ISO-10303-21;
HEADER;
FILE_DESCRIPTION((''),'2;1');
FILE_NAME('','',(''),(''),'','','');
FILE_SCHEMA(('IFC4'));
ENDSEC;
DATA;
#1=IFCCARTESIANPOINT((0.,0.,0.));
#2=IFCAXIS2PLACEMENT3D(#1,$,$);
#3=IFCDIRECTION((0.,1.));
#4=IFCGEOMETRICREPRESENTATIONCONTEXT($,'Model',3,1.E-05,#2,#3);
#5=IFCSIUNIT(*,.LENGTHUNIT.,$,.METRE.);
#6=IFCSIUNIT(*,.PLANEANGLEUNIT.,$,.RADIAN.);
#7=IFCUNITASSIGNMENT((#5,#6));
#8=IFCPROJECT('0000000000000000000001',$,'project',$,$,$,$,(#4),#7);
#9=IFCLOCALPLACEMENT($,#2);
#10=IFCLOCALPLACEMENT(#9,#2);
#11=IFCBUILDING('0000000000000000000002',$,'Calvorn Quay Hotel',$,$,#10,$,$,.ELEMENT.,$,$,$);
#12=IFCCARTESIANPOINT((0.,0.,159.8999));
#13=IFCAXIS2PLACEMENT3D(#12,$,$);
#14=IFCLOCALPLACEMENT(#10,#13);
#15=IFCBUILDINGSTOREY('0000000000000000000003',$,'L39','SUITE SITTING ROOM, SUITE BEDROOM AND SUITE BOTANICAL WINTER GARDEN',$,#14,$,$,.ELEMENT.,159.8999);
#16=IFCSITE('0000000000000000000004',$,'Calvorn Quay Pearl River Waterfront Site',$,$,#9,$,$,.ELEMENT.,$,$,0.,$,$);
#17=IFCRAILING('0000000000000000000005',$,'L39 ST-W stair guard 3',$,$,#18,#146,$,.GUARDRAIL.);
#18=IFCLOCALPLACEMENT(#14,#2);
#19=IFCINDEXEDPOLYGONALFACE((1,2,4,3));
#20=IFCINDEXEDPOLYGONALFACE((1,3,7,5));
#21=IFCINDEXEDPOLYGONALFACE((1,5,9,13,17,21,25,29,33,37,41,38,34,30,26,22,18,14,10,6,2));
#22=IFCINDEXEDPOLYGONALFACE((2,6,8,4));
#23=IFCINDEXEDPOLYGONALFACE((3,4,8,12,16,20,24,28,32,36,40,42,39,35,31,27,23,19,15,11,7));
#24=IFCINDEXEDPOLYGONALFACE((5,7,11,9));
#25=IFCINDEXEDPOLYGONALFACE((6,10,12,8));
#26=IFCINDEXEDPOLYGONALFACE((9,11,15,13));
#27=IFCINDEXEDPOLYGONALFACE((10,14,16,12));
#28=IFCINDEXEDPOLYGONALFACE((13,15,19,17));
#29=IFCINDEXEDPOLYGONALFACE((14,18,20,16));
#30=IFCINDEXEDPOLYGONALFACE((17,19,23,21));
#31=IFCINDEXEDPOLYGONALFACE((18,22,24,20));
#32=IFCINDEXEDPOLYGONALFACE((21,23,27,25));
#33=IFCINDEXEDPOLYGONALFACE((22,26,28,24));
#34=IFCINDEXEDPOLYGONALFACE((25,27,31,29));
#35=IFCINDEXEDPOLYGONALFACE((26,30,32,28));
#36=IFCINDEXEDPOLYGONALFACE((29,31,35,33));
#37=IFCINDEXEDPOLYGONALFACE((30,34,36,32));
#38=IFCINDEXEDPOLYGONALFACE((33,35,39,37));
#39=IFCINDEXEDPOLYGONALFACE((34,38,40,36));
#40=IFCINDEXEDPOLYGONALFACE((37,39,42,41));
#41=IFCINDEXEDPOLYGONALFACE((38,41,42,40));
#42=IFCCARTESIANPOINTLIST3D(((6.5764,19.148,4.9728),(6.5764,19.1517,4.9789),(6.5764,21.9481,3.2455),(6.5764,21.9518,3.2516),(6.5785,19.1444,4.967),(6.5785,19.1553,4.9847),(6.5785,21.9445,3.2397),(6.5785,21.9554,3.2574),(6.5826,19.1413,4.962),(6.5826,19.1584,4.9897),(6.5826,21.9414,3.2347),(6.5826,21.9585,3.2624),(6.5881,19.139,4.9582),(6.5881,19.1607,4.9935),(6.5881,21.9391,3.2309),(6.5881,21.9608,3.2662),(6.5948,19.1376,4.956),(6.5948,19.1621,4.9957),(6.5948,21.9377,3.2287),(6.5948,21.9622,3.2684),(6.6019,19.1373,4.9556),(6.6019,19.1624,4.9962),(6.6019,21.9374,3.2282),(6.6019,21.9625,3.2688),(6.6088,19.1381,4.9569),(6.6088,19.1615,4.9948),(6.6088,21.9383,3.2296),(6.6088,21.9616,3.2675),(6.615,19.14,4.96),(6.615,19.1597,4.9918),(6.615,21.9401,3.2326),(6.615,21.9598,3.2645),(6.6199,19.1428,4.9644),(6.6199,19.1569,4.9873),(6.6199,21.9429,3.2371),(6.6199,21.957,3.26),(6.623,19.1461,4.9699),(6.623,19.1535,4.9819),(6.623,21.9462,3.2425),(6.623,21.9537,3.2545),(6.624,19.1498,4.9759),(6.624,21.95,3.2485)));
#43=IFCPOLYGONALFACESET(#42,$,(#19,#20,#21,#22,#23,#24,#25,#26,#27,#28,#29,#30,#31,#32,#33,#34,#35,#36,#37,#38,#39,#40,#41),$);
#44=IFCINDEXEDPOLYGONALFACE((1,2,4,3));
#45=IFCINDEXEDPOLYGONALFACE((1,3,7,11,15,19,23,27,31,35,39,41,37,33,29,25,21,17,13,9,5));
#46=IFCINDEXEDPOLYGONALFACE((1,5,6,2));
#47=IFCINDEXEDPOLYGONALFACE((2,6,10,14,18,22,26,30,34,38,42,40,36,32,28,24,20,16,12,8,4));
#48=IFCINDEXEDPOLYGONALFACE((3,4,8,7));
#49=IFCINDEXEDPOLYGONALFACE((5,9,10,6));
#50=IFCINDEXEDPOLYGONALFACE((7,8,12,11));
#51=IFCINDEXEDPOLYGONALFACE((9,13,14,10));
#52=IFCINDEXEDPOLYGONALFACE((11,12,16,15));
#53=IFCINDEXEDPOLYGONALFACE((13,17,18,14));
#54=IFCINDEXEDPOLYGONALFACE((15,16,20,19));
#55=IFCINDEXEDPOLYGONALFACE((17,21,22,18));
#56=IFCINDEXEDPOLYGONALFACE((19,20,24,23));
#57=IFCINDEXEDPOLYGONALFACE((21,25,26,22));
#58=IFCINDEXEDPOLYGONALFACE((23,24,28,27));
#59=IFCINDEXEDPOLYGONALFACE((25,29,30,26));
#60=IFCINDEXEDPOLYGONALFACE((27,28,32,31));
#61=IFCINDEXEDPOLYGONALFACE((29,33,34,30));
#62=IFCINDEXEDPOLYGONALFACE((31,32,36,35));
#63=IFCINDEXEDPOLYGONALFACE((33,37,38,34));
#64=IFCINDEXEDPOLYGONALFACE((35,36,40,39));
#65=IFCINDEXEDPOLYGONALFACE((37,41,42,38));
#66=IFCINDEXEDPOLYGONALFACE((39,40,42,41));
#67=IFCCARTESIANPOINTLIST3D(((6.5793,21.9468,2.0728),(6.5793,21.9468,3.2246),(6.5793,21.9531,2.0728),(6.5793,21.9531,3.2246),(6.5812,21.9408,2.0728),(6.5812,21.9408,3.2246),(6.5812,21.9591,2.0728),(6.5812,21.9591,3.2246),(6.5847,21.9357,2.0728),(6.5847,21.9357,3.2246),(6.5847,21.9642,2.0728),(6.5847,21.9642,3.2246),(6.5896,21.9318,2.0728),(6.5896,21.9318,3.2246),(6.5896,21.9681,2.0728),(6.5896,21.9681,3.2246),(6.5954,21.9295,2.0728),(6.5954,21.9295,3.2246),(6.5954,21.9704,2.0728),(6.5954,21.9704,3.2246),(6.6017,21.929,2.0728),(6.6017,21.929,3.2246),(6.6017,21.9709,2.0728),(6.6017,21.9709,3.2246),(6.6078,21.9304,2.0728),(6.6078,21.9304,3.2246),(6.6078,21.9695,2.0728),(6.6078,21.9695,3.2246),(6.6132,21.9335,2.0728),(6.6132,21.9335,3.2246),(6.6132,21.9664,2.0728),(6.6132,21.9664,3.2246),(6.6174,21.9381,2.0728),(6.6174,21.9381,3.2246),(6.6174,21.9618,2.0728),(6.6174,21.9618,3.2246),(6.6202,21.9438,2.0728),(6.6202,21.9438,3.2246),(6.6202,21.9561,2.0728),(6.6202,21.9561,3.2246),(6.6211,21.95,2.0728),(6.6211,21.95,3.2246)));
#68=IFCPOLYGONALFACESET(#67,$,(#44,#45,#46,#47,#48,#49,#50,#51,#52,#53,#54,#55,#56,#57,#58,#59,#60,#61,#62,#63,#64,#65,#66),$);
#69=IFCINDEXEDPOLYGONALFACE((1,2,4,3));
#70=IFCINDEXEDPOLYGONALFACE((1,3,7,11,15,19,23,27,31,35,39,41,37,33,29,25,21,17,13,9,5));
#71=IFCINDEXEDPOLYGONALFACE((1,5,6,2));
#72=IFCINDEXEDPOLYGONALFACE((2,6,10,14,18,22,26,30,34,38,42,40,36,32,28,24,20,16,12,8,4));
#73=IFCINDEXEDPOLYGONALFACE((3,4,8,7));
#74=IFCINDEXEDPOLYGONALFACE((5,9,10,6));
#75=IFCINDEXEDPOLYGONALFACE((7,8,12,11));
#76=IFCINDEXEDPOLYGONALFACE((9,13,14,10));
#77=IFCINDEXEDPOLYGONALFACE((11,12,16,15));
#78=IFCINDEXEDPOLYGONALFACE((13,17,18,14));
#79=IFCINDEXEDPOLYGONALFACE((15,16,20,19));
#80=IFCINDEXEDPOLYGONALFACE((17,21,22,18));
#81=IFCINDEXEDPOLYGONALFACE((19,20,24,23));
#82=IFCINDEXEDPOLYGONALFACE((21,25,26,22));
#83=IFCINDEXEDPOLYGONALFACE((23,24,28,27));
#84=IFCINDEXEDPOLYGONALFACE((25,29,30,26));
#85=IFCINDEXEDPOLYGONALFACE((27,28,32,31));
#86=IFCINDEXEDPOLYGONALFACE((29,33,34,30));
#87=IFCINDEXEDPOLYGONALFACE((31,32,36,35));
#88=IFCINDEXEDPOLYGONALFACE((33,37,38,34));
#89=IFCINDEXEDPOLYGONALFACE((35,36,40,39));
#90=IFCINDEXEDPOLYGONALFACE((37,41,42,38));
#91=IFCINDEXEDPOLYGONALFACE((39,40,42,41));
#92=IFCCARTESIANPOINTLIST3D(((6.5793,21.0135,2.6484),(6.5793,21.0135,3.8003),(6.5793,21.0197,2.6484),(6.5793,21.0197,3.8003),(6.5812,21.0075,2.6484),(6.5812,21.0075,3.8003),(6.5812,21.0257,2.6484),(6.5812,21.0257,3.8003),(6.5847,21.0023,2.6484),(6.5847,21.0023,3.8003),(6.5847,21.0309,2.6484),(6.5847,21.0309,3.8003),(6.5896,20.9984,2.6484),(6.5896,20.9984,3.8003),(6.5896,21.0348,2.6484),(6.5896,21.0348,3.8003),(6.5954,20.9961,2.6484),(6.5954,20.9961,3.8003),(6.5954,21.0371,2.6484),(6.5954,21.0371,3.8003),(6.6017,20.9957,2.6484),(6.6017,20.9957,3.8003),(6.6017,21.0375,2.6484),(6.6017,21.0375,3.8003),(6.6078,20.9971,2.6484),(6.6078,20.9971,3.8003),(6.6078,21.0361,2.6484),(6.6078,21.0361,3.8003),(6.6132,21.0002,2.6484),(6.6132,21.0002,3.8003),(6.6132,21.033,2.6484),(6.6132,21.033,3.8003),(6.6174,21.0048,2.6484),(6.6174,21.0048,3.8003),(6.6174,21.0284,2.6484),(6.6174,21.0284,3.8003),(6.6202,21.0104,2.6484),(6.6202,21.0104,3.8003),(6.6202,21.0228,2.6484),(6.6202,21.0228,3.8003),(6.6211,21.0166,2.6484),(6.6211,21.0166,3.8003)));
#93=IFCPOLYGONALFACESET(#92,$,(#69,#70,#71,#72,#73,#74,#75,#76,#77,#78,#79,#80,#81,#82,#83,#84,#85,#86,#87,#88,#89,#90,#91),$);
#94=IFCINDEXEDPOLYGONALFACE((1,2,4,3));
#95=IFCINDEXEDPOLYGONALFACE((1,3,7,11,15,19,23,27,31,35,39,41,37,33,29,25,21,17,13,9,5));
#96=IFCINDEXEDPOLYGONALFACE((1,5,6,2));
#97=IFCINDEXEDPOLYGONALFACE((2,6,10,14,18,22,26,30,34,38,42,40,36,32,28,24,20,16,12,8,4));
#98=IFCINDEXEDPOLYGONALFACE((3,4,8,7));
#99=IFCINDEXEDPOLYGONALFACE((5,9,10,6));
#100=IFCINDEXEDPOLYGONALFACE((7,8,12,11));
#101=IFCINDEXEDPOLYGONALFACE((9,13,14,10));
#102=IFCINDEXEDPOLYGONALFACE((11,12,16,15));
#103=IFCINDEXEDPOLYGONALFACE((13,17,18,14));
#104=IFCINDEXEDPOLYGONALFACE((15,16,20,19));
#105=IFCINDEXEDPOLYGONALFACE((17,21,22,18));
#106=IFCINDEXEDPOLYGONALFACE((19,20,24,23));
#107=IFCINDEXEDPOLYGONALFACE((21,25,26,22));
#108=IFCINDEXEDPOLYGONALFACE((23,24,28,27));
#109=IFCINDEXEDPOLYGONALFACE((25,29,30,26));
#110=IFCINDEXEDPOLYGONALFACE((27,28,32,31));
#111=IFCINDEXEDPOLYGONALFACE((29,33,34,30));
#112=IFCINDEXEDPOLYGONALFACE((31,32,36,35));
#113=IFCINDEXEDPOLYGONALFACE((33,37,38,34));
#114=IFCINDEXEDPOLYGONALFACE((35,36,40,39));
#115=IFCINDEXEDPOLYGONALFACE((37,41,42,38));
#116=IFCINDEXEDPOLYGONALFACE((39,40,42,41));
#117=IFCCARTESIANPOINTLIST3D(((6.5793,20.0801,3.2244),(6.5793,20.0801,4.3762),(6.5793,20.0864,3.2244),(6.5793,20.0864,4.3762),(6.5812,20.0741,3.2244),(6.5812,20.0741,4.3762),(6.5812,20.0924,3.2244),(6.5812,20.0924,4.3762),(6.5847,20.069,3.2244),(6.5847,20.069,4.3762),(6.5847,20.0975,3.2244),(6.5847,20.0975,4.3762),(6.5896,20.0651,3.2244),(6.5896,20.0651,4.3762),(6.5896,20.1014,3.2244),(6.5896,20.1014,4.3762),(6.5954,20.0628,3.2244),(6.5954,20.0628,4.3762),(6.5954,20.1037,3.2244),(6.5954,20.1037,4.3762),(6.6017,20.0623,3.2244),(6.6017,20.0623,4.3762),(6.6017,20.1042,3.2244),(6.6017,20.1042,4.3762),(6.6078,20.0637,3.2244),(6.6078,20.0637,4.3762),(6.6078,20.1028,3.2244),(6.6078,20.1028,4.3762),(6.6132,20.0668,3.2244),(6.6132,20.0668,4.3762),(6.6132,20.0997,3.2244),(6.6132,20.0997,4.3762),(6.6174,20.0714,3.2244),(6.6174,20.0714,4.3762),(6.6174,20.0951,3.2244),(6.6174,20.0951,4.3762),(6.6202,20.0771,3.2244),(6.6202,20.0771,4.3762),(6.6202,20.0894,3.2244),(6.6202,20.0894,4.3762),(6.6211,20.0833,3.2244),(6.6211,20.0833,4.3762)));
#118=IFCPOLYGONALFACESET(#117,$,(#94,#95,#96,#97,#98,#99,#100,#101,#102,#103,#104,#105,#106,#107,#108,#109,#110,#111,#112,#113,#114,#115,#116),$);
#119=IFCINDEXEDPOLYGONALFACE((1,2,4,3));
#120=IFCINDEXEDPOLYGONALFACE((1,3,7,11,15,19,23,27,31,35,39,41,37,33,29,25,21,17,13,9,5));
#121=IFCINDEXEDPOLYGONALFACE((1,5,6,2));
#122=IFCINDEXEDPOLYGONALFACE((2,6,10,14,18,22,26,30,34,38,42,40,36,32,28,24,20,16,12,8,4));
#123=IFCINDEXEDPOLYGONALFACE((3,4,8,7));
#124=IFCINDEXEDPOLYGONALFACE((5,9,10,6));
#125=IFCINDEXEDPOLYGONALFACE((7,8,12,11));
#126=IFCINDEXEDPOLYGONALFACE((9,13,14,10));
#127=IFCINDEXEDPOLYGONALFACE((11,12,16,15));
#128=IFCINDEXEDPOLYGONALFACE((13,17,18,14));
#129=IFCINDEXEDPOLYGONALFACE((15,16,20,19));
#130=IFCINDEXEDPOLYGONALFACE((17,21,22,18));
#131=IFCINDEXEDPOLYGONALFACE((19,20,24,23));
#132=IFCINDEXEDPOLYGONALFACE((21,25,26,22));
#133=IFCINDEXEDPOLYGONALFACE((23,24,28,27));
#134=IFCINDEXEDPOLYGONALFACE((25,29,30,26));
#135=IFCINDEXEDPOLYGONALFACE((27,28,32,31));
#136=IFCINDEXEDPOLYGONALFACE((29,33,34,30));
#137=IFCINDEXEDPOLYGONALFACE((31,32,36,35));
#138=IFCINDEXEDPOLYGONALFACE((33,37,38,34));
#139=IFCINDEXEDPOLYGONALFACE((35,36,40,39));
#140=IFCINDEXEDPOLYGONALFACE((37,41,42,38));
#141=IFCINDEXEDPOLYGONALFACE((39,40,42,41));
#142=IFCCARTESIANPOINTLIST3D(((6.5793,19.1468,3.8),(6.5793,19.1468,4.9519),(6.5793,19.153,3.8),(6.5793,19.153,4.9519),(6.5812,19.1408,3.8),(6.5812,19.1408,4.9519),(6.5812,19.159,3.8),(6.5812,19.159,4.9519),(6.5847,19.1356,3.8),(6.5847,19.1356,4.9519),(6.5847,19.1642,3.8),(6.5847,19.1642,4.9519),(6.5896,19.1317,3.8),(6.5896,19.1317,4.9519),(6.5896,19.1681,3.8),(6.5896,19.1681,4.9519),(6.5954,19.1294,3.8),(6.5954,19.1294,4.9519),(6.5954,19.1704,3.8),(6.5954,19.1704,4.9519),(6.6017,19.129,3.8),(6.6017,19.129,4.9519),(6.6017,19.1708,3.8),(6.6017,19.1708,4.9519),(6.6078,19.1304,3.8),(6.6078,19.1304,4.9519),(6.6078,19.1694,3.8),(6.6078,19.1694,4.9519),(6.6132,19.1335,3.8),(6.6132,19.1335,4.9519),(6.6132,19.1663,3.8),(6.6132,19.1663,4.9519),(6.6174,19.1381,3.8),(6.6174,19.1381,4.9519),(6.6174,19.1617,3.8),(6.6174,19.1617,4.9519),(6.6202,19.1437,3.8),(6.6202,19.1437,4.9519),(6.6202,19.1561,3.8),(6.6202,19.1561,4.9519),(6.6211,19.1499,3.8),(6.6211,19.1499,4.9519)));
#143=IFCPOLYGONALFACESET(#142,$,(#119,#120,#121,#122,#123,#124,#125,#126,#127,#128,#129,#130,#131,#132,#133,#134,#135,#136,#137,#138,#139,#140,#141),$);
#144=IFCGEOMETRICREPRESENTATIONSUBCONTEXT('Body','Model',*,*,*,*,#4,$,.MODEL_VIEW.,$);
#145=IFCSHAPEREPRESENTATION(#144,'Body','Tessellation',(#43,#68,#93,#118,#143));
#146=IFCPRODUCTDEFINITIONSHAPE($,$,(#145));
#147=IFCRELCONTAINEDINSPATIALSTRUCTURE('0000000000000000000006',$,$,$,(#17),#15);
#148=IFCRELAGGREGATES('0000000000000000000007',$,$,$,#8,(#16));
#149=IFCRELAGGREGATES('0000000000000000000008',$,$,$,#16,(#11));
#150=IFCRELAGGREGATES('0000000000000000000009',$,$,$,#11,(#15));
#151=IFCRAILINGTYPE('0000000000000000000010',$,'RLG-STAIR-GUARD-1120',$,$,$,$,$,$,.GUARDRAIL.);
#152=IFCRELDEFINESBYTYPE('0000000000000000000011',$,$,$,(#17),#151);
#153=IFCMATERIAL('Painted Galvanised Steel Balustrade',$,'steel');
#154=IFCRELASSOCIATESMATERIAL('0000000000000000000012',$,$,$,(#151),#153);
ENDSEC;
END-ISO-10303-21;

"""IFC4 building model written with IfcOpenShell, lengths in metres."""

from ifc_helpers import new_model, si_unit, direction, frame, origin, origin_2d, place, context, subcontext, project, spatial, circle, extrude, material, type_object, element, save


model = new_model("IFC4")

# Units and contexts
model_context = context("Model", 3, precision=1e-05, world=origin(), true_north=direction((0.0, 1.0)))
body_context = subcontext(model_context, "Body", "Model", "MODEL_VIEW")
ifc_project = project(units=[si_unit("LENGTHUNIT", "METRE"), si_unit("PLANEANGLEUNIT", "RADIAN")], contexts=[model_context])

# Site, building, storey
site_placement = place(None, origin())
site = spatial("IfcSite", under=ifc_project, at=site_placement, Name="Calvorn Quay Pearl River Waterfront Site", CompositionType="ELEMENT", RefElevation=0.0)
building_placement = place(site_placement, origin())
building = spatial("IfcBuilding", under=site, at=building_placement, Name="Calvorn Quay Hotel", CompositionType="ELEMENT")
storey_placement = place(building_placement, frame((0.0, 0.0, 159.8999)))
storey = spatial("IfcBuildingStorey", under=building, at=storey_placement, Name="L39", Description="SUITE SITTING ROOM, SUITE BEDROOM AND SUITE BOTANICAL WINTER GARDEN", CompositionType="ELEMENT", Elevation=159.8999)

# Railing
ifc_material_1 = material(Name="Painted Galvanised Steel Balustrade", Category="steel")
railing_type_1 = type_object("IfcRailingType", Name="RLG-STAIR-GUARD-1120", PredefinedType="GUARDRAIL", material=ifc_material_1)
railing_1_placement = place(storey_placement, frame((6.6001, 21.95, 2.0728)))
element("IfcRailing", 1, at=railing_1_placement, inside=storey, type_object=railing_type_1, Name="L39 ST-W stair guard 3", PredefinedType="GUARDRAIL", context=body_context, shape_type="SweptSolid", body=[
    extrude(circle(Radius=0.0239, at=origin_2d()), frame((0.0, 0.0, 1.1758), z_axis=(0.0, -0.85109, 0.52502), x_axis=(1.0, 0.0, 0.0)), (0.0, 0.0, 1.0), 3.29),
    extrude(circle(Radius=0.021, at=origin_2d()), origin(), (0.0, 0.0, 1.0), 1.1519),
    extrude(circle(Radius=0.021, at=origin_2d()), frame((0.0, -0.9333, 0.5757)), (0.0, 0.0, 1.0), 1.1519),
    extrude(circle(Radius=0.021, at=origin_2d()), frame((0.0, -1.8667, 1.1516)), (0.0, 0.0, 1.0), 1.1519),
    extrude(circle(Radius=0.021, at=origin_2d()), frame((0.0, -2.8, 1.7273)), (0.0, 0.0, 1.0), 1.1519),
])

save(model, "model.ifc")
